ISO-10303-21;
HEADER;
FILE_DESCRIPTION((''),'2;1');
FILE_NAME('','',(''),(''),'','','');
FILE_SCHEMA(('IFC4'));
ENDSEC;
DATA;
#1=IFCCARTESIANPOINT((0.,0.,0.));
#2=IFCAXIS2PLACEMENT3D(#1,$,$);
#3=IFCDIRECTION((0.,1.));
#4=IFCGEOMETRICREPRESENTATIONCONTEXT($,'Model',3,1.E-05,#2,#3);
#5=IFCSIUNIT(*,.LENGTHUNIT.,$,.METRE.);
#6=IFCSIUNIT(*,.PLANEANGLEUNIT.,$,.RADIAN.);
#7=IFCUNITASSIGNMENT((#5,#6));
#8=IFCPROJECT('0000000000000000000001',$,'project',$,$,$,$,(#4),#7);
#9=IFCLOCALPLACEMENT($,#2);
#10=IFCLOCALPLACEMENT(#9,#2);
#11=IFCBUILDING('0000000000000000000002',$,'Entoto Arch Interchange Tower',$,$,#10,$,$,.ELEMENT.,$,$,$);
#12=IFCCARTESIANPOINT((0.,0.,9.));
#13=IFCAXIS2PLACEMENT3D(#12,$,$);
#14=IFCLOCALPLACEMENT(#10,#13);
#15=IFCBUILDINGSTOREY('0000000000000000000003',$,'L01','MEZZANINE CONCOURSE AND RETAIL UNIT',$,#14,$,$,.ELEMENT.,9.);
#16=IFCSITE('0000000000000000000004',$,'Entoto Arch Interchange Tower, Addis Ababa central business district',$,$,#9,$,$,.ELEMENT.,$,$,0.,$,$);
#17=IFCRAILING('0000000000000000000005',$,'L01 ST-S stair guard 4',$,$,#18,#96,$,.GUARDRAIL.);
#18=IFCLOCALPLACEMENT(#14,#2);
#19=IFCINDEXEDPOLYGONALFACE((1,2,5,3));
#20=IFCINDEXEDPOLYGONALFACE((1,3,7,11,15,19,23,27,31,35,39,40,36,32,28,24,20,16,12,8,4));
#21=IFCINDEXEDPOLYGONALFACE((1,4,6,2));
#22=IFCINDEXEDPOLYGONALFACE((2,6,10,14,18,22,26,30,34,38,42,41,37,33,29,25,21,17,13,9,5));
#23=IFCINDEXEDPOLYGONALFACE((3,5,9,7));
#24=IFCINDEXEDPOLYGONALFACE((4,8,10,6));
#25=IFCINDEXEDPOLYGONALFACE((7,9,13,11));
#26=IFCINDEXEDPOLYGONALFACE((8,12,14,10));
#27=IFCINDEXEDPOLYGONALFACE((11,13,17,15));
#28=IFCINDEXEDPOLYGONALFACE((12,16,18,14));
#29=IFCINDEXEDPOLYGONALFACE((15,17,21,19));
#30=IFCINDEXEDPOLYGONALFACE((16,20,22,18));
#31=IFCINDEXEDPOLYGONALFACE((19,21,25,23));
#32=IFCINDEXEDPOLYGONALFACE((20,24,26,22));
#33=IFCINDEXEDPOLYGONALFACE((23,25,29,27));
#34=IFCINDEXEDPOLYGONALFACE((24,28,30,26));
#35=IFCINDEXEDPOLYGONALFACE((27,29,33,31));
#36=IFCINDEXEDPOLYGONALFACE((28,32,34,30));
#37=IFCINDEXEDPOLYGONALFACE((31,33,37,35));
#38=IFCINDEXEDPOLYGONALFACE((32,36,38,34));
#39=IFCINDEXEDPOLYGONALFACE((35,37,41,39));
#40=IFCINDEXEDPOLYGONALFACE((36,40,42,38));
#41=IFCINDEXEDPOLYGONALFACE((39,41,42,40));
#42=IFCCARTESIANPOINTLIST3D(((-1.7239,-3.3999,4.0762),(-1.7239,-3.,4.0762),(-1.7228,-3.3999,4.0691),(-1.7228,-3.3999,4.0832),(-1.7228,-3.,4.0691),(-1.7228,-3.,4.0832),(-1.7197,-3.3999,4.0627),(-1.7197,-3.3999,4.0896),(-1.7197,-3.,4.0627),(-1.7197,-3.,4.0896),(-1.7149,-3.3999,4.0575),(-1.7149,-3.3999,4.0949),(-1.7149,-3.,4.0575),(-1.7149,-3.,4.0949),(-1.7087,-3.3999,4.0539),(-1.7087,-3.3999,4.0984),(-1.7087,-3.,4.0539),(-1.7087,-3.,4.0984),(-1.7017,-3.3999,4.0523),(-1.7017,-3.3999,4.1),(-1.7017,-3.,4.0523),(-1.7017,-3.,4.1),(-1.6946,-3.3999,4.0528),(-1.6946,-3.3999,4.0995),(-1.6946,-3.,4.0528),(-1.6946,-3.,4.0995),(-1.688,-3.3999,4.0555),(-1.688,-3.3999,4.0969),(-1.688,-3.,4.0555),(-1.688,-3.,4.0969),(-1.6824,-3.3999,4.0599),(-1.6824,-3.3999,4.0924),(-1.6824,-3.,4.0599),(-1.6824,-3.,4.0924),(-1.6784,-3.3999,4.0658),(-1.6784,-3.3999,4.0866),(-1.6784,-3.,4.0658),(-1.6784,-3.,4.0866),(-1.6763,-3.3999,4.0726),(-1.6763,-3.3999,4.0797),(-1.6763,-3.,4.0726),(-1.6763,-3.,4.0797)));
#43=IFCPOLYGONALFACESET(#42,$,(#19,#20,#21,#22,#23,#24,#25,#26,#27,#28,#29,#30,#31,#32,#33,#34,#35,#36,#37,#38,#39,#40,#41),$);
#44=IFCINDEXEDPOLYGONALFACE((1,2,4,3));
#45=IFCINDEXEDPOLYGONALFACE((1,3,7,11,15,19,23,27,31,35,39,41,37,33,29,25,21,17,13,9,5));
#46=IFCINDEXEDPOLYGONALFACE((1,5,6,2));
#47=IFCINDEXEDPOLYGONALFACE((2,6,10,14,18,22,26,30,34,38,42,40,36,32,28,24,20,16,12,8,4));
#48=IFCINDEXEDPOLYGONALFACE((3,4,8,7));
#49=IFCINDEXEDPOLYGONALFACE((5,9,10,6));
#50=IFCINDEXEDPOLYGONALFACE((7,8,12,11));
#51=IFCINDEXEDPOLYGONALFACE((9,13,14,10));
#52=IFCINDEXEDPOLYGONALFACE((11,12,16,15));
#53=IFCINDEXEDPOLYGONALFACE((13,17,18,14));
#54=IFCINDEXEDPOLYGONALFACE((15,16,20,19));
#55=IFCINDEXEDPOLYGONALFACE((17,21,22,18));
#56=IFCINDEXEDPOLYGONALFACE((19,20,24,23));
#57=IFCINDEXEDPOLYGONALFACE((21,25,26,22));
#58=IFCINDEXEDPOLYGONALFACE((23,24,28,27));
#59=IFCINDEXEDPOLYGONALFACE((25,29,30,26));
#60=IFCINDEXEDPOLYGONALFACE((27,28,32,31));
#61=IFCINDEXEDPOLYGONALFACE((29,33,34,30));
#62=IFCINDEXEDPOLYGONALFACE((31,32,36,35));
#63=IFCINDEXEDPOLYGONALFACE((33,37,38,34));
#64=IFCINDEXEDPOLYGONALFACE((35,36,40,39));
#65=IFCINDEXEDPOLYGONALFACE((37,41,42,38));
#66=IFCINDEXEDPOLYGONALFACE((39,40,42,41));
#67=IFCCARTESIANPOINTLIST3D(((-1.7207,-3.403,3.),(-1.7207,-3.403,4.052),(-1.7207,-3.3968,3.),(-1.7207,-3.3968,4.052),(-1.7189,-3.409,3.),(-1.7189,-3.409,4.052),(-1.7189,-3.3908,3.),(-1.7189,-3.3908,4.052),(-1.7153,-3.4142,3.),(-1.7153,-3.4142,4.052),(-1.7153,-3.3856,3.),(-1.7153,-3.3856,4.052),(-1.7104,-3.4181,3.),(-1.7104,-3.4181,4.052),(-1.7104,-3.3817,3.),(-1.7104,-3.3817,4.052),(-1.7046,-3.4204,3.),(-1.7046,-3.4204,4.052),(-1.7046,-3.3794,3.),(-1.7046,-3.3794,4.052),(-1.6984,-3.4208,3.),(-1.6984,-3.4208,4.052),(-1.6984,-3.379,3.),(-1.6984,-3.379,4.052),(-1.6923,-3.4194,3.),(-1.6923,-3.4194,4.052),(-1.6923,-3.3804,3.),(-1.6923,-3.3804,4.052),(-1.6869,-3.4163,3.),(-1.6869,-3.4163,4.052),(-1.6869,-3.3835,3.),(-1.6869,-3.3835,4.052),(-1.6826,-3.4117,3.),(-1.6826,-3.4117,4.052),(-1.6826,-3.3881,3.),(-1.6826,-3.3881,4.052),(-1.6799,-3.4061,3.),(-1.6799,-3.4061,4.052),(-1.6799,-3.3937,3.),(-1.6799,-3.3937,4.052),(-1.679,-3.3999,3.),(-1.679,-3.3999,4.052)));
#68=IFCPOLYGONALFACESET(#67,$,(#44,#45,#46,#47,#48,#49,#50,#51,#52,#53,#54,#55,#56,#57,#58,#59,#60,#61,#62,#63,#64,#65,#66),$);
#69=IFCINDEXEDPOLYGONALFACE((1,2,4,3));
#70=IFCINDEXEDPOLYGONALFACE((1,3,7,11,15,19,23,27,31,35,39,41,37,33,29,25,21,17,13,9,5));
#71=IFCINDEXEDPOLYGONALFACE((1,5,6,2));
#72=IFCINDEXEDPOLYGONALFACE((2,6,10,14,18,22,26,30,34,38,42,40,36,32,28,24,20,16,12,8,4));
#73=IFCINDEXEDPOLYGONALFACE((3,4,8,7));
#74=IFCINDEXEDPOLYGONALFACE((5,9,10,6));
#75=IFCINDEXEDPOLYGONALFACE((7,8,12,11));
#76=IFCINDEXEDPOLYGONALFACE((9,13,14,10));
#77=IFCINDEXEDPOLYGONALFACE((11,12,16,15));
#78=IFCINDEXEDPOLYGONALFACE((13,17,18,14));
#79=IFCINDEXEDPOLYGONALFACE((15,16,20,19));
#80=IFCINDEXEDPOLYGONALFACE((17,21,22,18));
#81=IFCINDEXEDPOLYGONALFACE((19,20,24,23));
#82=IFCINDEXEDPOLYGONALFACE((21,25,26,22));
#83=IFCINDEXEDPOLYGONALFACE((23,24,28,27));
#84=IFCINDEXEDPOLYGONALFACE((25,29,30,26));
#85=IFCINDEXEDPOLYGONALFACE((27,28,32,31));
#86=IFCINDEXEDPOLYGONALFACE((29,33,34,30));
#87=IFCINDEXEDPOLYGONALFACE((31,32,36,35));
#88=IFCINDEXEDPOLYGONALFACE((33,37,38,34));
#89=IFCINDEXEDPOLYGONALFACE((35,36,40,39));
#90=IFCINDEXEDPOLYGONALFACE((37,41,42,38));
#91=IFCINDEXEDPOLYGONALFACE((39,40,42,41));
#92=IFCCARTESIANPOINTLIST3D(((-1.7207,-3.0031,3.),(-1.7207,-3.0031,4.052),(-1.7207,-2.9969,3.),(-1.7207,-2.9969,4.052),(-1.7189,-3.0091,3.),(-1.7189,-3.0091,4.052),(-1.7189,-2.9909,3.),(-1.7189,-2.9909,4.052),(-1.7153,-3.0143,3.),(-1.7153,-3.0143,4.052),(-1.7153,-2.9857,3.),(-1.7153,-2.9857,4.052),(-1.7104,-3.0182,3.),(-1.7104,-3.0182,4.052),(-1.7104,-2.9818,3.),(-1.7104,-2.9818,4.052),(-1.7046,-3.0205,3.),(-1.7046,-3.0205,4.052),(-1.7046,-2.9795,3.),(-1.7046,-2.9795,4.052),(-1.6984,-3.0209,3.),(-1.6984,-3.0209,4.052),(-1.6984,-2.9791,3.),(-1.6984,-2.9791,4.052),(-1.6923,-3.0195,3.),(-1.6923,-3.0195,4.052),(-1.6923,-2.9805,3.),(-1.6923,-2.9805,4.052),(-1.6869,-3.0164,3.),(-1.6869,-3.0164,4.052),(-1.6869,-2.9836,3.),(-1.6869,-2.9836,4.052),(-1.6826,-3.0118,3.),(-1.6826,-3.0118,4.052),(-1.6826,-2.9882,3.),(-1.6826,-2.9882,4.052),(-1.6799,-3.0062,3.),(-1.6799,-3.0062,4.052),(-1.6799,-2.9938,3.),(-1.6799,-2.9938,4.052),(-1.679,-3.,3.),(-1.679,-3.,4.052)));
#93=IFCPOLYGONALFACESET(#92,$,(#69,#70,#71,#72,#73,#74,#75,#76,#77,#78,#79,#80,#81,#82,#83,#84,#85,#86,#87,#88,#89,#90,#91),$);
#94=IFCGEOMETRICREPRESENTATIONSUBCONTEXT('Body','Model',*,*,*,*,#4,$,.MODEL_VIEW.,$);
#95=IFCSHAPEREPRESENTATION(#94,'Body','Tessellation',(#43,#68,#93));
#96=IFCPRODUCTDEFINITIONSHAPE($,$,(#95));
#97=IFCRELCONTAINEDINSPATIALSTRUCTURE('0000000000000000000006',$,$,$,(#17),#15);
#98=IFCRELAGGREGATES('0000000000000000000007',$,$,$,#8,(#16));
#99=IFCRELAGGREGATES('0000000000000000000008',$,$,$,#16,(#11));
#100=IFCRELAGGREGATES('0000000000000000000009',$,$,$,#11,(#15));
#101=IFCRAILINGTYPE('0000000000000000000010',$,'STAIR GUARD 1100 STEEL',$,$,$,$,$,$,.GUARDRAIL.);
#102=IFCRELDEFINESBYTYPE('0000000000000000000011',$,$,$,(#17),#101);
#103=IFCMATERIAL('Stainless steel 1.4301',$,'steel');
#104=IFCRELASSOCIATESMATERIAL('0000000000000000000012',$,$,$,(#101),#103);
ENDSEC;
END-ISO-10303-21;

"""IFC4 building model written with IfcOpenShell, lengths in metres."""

from ifc_helpers import new_model, si_unit, direction, frame, origin, origin_2d, place, context, subcontext, project, spatial, circle, extrude, material, type_object, element, save


model = new_model("IFC4")

# Units and contexts
model_context = context("Model", 3, precision=1e-05, world=origin(), true_north=direction((0.0, 1.0)))
body_context = subcontext(model_context, "Body", "Model", "MODEL_VIEW")
ifc_project = project(units=[si_unit("LENGTHUNIT", "METRE"), si_unit("PLANEANGLEUNIT", "RADIAN")], contexts=[model_context])

# Site, building, storey
site_placement = place(None, origin())
site = spatial("IfcSite", under=ifc_project, at=site_placement, Name="Entoto Arch Interchange Tower, Addis Ababa central business district", CompositionType="ELEMENT", RefElevation=0.0)
building_placement = place(site_placement, origin())
building = spatial("IfcBuilding", under=site, at=building_placement, Name="Entoto Arch Interchange Tower", CompositionType="ELEMENT")
storey_placement = place(building_placement, frame((0.0, 0.0, 9.0)))
storey = spatial("IfcBuildingStorey", under=building, at=storey_placement, Name="L01", Description="MEZZANINE CONCOURSE AND RETAIL UNIT", CompositionType="ELEMENT", Elevation=9.0)

# Railing
ifc_material_1 = material(Name="Stainless steel 1.4301", Category="steel")
railing_type_1 = type_object("IfcRailingType", Name="STAIR GUARD 1100 STEEL", PredefinedType="GUARDRAIL", material=ifc_material_1)
railing_1_placement = place(storey_placement, frame((-1.7, -3.3999, 3.0)))
element("IfcRailing", 1, at=railing_1_placement, inside=storey, type_object=railing_type_1, Name="L01 ST-S stair guard 4", PredefinedType="GUARDRAIL", context=body_context, shape_type="SweptSolid", body=[
    extrude(circle(Radius=0.0239, at=origin_2d()), frame((0.0, 0.0, 1.0762), z_axis=(0.0, 1.0, 0.0), x_axis=(-1.0, 0.0, 0.0)), (0.0, 0.0, 1.0), 0.3999),
    extrude(circle(Radius=0.021, at=origin_2d()), origin(), (0.0, 0.0, 1.0), 1.052),
    extrude(circle(Radius=0.021, at=origin_2d()), frame((0.0, 0.3999, 0.0)), (0.0, 0.0, 1.0), 1.052),
])

save(model, "model.ifc")
